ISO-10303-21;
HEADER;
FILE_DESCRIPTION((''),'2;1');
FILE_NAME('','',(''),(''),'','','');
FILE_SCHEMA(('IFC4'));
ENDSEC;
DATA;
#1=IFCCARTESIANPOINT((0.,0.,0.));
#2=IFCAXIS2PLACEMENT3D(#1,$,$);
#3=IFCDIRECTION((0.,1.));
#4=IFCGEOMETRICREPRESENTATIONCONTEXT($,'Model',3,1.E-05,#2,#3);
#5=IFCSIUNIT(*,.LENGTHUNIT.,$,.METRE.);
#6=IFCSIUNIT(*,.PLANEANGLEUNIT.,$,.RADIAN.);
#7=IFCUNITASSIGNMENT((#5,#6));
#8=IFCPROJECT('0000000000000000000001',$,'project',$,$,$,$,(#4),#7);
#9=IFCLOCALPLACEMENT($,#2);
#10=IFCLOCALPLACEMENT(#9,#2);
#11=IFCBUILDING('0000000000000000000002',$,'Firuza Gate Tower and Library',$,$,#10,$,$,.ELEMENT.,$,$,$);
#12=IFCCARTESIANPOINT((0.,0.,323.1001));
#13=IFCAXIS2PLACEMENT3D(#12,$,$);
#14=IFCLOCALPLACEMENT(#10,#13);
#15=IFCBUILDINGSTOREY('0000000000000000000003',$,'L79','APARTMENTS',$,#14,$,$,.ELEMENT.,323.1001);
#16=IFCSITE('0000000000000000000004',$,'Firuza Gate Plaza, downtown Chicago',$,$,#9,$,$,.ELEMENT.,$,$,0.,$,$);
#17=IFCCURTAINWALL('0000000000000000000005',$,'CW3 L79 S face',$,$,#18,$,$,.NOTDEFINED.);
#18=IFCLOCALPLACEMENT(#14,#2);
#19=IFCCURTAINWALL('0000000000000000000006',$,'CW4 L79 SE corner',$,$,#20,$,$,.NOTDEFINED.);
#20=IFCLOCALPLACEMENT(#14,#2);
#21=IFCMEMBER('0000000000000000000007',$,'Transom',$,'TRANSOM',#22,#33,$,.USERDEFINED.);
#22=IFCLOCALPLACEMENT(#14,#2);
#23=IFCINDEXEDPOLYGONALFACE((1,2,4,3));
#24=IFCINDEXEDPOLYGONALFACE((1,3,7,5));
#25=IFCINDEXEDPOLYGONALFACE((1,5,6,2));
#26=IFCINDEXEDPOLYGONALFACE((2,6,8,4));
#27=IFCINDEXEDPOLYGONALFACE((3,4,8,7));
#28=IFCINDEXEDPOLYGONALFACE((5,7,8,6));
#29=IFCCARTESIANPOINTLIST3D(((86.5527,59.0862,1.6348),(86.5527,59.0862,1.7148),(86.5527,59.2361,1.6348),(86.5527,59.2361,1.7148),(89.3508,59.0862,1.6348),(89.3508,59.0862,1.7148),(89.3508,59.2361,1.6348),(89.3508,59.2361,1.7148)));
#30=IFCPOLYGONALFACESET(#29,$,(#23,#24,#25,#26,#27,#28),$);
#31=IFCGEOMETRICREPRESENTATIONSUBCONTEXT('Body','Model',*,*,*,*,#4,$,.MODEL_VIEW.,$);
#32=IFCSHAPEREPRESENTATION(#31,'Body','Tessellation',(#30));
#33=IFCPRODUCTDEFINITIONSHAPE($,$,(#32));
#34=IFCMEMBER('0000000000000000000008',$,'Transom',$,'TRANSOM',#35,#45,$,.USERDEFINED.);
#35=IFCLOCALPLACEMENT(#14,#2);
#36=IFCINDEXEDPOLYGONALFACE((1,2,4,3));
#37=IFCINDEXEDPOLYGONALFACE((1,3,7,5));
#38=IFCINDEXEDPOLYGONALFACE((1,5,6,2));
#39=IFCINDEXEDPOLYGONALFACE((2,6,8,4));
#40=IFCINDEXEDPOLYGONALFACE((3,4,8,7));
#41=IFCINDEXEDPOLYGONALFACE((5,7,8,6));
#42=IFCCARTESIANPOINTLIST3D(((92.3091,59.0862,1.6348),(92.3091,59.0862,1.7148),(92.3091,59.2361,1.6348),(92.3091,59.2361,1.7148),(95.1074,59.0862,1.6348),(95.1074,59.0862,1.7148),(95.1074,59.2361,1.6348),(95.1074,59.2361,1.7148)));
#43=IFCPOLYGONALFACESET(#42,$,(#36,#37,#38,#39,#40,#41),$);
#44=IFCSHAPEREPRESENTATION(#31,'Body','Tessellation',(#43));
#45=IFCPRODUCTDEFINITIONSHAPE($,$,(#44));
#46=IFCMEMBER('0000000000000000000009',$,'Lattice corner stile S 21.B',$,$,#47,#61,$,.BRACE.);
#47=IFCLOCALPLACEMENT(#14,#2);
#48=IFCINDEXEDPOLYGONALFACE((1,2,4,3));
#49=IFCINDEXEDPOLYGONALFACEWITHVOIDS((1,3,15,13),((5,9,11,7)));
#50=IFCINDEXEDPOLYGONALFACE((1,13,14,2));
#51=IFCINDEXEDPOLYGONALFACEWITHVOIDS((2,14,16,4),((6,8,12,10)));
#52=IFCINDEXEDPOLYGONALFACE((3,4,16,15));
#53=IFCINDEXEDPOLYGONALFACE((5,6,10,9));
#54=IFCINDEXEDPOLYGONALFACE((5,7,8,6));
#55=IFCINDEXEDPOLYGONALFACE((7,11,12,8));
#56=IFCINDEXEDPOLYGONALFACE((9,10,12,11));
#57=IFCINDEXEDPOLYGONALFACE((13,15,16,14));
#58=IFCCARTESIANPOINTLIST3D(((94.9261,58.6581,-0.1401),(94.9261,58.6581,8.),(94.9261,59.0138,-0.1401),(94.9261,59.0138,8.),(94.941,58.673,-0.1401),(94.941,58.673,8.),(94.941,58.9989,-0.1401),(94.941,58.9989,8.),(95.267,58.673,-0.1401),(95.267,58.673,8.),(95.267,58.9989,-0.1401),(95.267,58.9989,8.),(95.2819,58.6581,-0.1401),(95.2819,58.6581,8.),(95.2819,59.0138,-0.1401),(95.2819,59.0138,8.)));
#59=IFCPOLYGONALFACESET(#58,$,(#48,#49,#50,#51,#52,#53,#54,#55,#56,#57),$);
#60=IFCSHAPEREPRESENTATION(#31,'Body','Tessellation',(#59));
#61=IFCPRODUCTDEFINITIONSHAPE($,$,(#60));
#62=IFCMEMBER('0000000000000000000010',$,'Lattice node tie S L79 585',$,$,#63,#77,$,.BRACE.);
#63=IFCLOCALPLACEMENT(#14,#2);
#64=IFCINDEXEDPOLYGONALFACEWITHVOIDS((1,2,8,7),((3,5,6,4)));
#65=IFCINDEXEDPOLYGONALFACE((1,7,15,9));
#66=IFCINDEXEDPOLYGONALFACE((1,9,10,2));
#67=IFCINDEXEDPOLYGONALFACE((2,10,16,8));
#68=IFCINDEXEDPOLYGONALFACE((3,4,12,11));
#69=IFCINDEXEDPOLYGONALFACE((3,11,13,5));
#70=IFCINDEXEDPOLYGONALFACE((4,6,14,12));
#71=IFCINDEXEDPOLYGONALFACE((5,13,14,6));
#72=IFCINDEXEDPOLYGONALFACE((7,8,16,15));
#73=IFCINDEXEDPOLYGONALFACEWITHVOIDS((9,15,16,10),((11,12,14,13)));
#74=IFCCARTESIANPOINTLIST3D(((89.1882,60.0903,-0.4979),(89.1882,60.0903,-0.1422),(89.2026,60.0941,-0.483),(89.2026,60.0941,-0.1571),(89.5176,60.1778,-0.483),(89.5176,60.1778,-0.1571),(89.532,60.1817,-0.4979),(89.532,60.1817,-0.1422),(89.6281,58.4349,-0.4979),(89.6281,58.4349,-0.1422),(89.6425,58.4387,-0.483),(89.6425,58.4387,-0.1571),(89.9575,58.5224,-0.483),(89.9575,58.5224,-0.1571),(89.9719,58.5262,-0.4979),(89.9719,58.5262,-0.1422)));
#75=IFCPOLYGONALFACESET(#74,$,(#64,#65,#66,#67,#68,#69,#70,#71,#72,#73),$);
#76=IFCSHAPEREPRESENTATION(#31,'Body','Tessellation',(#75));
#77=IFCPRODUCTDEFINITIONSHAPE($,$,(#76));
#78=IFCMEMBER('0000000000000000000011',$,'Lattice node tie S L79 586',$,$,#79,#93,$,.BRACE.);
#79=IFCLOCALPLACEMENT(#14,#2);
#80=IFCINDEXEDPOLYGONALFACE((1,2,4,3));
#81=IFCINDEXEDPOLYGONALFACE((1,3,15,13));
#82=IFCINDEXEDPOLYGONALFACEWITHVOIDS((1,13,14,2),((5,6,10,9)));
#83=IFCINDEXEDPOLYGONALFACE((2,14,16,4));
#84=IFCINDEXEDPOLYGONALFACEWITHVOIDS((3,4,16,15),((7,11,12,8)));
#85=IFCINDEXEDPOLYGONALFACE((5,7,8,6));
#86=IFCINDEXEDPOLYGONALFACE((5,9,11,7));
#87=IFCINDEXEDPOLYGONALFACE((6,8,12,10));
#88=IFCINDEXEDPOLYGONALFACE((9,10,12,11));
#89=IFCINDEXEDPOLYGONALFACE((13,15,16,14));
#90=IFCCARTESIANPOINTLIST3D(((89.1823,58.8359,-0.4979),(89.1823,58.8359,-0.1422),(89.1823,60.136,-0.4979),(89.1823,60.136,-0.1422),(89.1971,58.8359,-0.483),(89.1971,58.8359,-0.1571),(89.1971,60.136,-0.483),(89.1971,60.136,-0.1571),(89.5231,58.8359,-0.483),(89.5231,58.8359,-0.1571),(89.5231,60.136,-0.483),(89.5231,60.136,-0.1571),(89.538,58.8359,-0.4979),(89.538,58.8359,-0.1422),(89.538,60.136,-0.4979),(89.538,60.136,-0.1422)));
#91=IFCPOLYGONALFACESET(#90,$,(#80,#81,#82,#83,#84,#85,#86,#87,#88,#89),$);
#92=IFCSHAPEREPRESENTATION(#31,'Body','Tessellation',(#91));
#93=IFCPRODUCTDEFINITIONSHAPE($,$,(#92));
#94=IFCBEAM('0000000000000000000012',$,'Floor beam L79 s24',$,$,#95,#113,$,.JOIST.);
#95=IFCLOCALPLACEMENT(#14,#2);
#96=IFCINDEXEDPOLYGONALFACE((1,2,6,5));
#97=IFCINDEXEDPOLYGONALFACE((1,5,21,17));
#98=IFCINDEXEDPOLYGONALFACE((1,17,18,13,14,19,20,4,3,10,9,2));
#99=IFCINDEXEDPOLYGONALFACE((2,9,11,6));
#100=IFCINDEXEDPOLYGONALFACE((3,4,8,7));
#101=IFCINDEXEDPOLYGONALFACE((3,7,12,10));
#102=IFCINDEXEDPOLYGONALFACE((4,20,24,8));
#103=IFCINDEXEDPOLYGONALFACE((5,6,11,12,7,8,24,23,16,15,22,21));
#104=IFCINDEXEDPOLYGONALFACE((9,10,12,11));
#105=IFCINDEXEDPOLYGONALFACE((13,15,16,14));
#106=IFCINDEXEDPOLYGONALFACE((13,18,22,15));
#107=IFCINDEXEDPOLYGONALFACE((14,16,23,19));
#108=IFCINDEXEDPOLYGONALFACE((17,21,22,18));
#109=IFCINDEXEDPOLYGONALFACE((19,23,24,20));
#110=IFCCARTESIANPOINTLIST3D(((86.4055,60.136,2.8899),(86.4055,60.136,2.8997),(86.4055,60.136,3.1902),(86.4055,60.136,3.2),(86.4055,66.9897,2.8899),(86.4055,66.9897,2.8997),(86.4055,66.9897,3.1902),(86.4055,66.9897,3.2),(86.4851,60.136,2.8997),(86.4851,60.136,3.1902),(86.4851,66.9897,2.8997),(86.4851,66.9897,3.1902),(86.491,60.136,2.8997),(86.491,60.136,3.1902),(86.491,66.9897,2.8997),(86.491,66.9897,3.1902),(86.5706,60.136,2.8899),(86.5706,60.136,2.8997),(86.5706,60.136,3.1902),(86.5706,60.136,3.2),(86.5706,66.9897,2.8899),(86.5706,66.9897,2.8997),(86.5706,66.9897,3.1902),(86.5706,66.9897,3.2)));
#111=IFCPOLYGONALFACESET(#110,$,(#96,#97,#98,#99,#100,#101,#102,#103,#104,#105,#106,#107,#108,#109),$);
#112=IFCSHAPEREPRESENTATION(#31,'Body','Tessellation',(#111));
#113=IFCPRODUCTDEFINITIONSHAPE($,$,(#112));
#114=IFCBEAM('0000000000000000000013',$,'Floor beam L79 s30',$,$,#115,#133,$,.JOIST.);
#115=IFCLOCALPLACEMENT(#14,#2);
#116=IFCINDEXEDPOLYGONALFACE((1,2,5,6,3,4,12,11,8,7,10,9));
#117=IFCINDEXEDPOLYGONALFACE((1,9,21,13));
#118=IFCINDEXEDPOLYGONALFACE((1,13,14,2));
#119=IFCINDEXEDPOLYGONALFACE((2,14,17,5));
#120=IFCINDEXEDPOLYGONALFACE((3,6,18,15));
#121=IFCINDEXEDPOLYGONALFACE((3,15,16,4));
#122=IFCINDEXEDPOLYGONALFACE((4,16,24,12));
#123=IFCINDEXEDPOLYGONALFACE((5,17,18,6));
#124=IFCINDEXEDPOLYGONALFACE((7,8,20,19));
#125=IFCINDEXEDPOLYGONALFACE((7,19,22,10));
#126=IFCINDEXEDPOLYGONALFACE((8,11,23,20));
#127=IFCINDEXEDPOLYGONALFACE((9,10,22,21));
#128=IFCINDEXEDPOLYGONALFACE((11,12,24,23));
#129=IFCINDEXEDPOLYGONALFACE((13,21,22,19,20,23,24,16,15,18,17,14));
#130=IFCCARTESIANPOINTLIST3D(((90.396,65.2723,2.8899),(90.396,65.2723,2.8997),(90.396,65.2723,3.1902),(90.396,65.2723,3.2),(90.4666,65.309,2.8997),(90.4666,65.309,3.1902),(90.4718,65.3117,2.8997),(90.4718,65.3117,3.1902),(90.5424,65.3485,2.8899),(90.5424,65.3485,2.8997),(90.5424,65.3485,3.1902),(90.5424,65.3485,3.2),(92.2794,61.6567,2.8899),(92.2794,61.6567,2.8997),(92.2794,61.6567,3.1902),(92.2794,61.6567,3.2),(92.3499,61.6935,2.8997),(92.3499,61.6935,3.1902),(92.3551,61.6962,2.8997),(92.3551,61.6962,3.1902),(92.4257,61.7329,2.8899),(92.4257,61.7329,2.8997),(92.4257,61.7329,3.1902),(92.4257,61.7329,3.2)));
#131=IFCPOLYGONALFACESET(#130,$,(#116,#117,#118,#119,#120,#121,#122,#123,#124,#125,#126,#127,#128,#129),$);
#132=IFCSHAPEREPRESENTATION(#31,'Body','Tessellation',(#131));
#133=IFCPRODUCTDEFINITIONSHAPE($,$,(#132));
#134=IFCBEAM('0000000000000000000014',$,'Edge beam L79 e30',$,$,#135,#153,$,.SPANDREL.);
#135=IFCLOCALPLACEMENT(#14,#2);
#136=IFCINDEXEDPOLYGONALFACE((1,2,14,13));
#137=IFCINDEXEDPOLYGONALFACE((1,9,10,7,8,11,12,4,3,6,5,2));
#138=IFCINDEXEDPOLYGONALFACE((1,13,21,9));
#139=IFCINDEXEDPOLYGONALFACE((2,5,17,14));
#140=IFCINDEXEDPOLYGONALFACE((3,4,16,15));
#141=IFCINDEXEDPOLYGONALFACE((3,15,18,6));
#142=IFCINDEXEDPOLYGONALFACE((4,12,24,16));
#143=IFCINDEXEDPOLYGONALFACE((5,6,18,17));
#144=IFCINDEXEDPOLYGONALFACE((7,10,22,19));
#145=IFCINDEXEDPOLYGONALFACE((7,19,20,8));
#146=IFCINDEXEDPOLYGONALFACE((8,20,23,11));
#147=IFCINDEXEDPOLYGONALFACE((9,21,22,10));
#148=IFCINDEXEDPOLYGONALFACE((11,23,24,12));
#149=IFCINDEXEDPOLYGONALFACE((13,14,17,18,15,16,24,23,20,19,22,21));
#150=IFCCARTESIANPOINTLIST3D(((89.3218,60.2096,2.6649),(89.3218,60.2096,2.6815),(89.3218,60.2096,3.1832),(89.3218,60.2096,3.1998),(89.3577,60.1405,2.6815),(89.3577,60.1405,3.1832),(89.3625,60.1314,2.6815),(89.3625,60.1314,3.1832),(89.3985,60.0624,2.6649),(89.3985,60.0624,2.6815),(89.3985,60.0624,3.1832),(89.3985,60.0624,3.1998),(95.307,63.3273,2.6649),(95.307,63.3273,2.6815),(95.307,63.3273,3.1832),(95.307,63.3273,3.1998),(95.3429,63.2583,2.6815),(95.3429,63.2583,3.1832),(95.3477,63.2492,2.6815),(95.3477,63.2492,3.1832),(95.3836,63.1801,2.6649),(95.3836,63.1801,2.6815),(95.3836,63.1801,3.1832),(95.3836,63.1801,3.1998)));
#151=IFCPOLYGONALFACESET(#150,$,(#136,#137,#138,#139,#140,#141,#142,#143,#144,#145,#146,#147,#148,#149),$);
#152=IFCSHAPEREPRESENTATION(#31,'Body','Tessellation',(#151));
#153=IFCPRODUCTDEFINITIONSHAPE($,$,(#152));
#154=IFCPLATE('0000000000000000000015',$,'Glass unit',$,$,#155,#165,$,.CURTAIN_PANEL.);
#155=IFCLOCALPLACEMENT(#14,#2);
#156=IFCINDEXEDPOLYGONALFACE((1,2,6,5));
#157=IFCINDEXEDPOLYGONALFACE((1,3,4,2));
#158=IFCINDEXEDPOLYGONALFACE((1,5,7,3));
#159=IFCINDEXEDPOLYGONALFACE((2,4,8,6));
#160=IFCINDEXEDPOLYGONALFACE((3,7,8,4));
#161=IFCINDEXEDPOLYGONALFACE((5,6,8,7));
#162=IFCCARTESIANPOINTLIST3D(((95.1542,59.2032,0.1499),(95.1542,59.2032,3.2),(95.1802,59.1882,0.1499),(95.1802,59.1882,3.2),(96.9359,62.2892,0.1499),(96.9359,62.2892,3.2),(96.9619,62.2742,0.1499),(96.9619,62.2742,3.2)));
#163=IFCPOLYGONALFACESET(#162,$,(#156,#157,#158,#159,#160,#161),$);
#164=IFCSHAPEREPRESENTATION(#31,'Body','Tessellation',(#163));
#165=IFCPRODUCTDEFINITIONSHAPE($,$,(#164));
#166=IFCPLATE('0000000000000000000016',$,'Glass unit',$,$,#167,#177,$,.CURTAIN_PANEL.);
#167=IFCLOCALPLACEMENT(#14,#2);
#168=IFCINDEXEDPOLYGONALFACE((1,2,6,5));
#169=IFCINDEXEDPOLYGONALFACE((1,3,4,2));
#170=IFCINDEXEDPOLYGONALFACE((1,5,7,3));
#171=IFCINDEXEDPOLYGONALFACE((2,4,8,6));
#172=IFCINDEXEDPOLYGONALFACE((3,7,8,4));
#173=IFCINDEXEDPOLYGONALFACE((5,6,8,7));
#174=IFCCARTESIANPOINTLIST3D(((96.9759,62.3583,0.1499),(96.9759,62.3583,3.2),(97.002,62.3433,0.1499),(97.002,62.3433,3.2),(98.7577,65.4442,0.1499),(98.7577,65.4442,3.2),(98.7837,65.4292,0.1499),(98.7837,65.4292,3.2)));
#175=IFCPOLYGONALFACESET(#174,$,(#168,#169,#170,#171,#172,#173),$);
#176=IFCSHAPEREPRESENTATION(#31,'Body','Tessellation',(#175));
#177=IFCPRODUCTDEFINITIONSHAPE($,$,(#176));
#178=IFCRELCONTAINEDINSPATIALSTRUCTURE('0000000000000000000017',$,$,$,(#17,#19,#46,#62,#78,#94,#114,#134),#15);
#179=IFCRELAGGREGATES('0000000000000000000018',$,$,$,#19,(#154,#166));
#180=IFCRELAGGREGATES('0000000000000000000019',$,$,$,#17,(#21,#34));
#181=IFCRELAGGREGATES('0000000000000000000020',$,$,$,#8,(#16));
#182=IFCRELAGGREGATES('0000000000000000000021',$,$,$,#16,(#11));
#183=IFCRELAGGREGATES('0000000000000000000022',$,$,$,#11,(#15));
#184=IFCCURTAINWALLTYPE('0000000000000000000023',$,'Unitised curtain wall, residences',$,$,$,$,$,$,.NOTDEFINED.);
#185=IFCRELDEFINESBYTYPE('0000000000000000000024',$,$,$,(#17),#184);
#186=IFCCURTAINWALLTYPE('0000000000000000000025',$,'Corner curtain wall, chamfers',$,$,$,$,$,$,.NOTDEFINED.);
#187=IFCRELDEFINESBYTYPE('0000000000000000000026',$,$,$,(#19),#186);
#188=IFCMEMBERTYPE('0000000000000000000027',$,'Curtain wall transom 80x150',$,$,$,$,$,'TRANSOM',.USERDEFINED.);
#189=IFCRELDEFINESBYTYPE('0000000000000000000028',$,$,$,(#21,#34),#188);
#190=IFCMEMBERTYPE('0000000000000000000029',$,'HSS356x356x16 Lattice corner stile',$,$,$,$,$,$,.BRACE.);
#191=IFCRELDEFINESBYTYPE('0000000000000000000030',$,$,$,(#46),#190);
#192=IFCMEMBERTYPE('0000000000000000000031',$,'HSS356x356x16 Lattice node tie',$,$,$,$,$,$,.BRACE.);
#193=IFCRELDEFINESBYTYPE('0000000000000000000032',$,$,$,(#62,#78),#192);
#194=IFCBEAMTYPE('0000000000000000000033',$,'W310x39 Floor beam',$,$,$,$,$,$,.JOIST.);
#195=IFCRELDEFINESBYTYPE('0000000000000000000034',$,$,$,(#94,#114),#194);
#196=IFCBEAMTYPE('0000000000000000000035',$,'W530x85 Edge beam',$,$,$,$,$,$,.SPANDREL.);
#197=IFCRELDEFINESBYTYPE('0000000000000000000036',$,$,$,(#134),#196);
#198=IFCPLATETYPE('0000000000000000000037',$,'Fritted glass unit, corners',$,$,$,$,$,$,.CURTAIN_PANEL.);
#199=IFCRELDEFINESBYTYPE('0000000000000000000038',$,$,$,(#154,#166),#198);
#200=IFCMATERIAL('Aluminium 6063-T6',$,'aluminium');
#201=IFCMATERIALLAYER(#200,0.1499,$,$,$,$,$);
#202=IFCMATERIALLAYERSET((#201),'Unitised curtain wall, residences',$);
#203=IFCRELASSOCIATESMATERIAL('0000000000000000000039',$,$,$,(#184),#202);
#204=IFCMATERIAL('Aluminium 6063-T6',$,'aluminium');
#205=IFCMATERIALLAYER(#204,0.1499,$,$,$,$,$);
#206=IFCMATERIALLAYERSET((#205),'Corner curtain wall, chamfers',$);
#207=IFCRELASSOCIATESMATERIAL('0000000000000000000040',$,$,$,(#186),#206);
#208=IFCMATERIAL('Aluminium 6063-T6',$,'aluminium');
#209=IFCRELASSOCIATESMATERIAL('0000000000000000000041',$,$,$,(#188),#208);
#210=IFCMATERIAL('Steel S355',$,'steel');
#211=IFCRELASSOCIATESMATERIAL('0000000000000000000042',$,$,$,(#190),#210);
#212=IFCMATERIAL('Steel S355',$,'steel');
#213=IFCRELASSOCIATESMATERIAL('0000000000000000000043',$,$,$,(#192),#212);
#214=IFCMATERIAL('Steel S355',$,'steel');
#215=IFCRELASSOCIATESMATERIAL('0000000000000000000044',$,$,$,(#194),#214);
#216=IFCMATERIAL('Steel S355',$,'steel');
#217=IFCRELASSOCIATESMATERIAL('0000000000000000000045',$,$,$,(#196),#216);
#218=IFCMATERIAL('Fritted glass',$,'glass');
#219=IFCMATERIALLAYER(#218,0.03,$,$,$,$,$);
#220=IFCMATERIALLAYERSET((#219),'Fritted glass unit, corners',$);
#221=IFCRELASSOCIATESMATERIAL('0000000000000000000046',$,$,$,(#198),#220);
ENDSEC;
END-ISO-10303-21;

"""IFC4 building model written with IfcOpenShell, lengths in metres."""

from ifc_helpers import new_model, si_unit, direction, frame, origin, origin_2d, place, context, subcontext, project, spatial, polyline, rectangle, hollow_rectangle, i_section, outline, extrude, material, layer, layer_set, material_profile, profile_set, type_object, element, aggregate, save


model = new_model("IFC4")

# Units and contexts
model_context = context("Model", 3, precision=1e-05, world=origin(), true_north=direction((0.0, 1.0)))
body_context = subcontext(model_context, "Body", "Model", "MODEL_VIEW")
ifc_project = project(units=[si_unit("LENGTHUNIT", "METRE"), si_unit("PLANEANGLEUNIT", "RADIAN")], contexts=[model_context])

# Site, building, storey
site_placement = place(None, origin())
site = spatial("IfcSite", under=ifc_project, at=site_placement, Name="Firuza Gate Plaza, downtown Chicago", CompositionType="ELEMENT", RefElevation=0.0)
building_placement = place(site_placement, origin())
building = spatial("IfcBuilding", under=site, at=building_placement, Name="Firuza Gate Tower and Library", CompositionType="ELEMENT")
storey_placement = place(building_placement, frame((0.0, 0.0, 323.1001)))
storey = spatial("IfcBuildingStorey", under=building, at=storey_placement, Name="L79", Description="APARTMENTS", CompositionType="ELEMENT", Elevation=323.1001)

# Curtain walls
ifc_material_1 = material(Name="Aluminium 6063-T6", Category="aluminium")
ifc_layer_1 = layer(ifc_material_1, 0.1499)
ifc_layer_set_1 = layer_set([ifc_layer_1], Name="Unitised curtain wall, residences")
curtain_wall_type_1 = type_object("IfcCurtainWallType", Name="Unitised curtain wall, residences", PredefinedType="NOTDEFINED", material=ifc_layer_set_1)
placement = place(storey_placement, origin())
curtain_wall_1 = element("IfcCurtainWall", 1, at=placement, inside=storey, type_object=curtain_wall_type_1, Name="CW3 L79 S face", PredefinedType="NOTDEFINED")
ifc_material_2 = material(Name="Aluminium 6063-T6", Category="aluminium")
ifc_layer_2 = layer(ifc_material_2, 0.1499)
ifc_layer_set_2 = layer_set([ifc_layer_2], Name="Corner curtain wall, chamfers")
curtain_wall_type_2 = type_object("IfcCurtainWallType", Name="Corner curtain wall, chamfers", PredefinedType="NOTDEFINED", material=ifc_layer_set_2)
curtain_wall_2 = element("IfcCurtainWall", 2, at=placement, inside=storey, type_object=curtain_wall_type_2, Name="CW4 L79 SE corner", PredefinedType="NOTDEFINED")

# Members
ifc_material_3 = material(Name="Aluminium 6063-T6", Category="aluminium")
ifc_material_profile_1 = material_profile(ifc_material_3, rectangle(XDim=0.1499, YDim=0.0801, at=origin_2d()))
ifc_profile_set_1 = profile_set([ifc_material_profile_1], Name="Aluminium 6063-T6")
member_type_1 = type_object("IfcMemberType", Name="Curtain wall transom 80x150", ElementType="TRANSOM", PredefinedType="USERDEFINED", material=ifc_profile_set_1)
member_1_placement = place(storey_placement, frame((86.5527, 59.1611, 1.6748), z_axis=(1.0, 0.0, 0.0), x_axis=(0.0, 1.0, 0.0)))
member_1 = element("IfcMember", 3, at=member_1_placement, type_object=member_type_1, Name="Transom", ObjectType="TRANSOM", PredefinedType="USERDEFINED", context=body_context, shape_type="SweptSolid", body=[
    extrude(rectangle(XDim=0.1499, YDim=0.0801, at=origin_2d()), origin(), (0.0, 0.0, 1.0), 2.7981),
])
member_2_placement = place(storey_placement, frame((92.3091, 59.1611, 1.6748), z_axis=(1.0, 0.0, 0.0), x_axis=(0.0, 1.0, 0.0)))
member_2 = element("IfcMember", 4, at=member_2_placement, type_object=member_type_1, Name="Transom", ObjectType="TRANSOM", PredefinedType="USERDEFINED", context=body_context, shape_type="SweptSolid", body=[
    extrude(rectangle(XDim=0.1499, YDim=0.0801, at=origin_2d()), origin(), (0.0, 0.0, 1.0), 2.7983),
])

# Members
ifc_material_4 = material(Name="Steel S355", Category="steel")
ifc_material_profile_2 = material_profile(ifc_material_4, hollow_rectangle(XDim=0.3557, YDim=0.3557, WallThickness=0.0149, at=origin_2d()))
ifc_profile_set_2 = profile_set([ifc_material_profile_2], Name="Steel S355")
member_type_2 = type_object("IfcMemberType", Name="HSS356x356x16 Lattice corner stile", PredefinedType="BRACE", material=ifc_profile_set_2)
member_3_placement = place(storey_placement, frame((95.104, 58.8359, -0.1401), z_axis=(0.0, 0.0, 1.0), x_axis=(1.0, 0.0, 0.0)))
element("IfcMember", 5, at=member_3_placement, inside=storey, type_object=member_type_2, Name="Lattice corner stile S 21.B", PredefinedType="BRACE", context=body_context, shape_type="SweptSolid", body=[
    extrude(hollow_rectangle(XDim=0.3557, YDim=0.3557, WallThickness=0.0149, at=origin_2d()), origin(), (0.0, 0.0, 1.0), 8.1401),
])
ifc_material_5 = material(Name="Steel S355", Category="steel")
ifc_material_profile_3 = material_profile(ifc_material_5, hollow_rectangle(XDim=0.3557, YDim=0.3557, WallThickness=0.0149, at=origin_2d()))
ifc_profile_set_3 = profile_set([ifc_material_profile_3], Name="Steel S355")
member_type_3 = type_object("IfcMemberType", Name="HSS356x356x16 Lattice node tie", PredefinedType="BRACE", material=ifc_profile_set_3)
member_4_placement = place(storey_placement, frame((89.3601, 60.136, -0.3201), z_axis=(0.256829, -0.966457, 0.0), x_axis=(0.966457, 0.256829, 0.0)))
element("IfcMember", 6, at=member_4_placement, inside=storey, type_object=member_type_3, Name="Lattice node tie S L79 585", PredefinedType="BRACE", context=body_context, shape_type="SweptSolid", body=[
    extrude(hollow_rectangle(XDim=0.3557, YDim=0.3557, WallThickness=0.0149, at=origin_2d()), origin(), (0.0, 0.0, 1.0), 1.7129),
])
member_5_placement = place(storey_placement, frame((89.3601, 60.136, -0.3201), z_axis=(0.0, -1.0, 0.0), x_axis=(1.0, 0.0, 0.0)))
element("IfcMember", 7, at=member_5_placement, inside=storey, type_object=member_type_3, Name="Lattice node tie S L79 586", PredefinedType="BRACE", context=body_context, shape_type="SweptSolid", body=[
    extrude(hollow_rectangle(XDim=0.3557, YDim=0.3557, WallThickness=0.0149, at=origin_2d()), origin(), (0.0, 0.0, 1.0), 1.3),
])

# Beams
ifc_material_6 = material(Name="Steel S355", Category="steel")
ifc_material_profile_4 = material_profile(ifc_material_6, i_section(OverallWidth=0.165, OverallDepth=0.3101, WebThickness=0.0059, FlangeThickness=0.0098, at=origin_2d()))
ifc_profile_set_4 = profile_set([ifc_material_profile_4], Name="Steel S355")
beam_type_1 = type_object("IfcBeamType", Name="W310x39 Floor beam", PredefinedType="JOIST", material=ifc_profile_set_4)
beam_1_placement = place(storey_placement, frame((86.488, 60.136, 3.0449), z_axis=(0.0, 1.0, 0.0), x_axis=(-1.0, 0.0, 0.0)))
element("IfcBeam", 8, at=beam_1_placement, inside=storey, type_object=beam_type_1, Name="Floor beam L79 s24", PredefinedType="JOIST", context=body_context, shape_type="SweptSolid", body=[
    extrude(i_section(OverallWidth=0.165, OverallDepth=0.3101, WebThickness=0.0059, FlangeThickness=0.0098, at=origin_2d()), origin(), (0.0, 0.0, 1.0), 6.8538),
])
beam_2_placement = place(storey_placement, frame((92.3525, 61.6948, 3.0449), z_axis=(-0.461981, 0.88689, 0.0), x_axis=(-0.88689, -0.461981, 0.0)))
element("IfcBeam", 9, at=beam_2_placement, inside=storey, type_object=beam_type_1, Name="Floor beam L79 s30", PredefinedType="JOIST", context=body_context, shape_type="SweptSolid", body=[
    extrude(i_section(OverallWidth=0.165, OverallDepth=0.3101, WebThickness=0.0059, FlangeThickness=0.0098, at=origin_2d()), origin(), (0.0, 0.0, 1.0), 4.0767),
])
ifc_material_7 = material(Name="Steel S355", Category="steel")
ifc_material_profile_5 = material_profile(ifc_material_7, i_section(OverallWidth=0.166, OverallDepth=0.5349, WebThickness=0.0103, FlangeThickness=0.0166, at=origin_2d()))
ifc_profile_set_5 = profile_set([ifc_material_profile_5], Name="Steel S355")
beam_type_2 = type_object("IfcBeamType", Name="W530x85 Edge beam", PredefinedType="SPANDREL", material=ifc_profile_set_5)
beam_3_placement = place(storey_placement, frame((89.3601, 60.136, 2.9324), z_axis=(0.886888, 0.461985, 0.0), x_axis=(-0.461985, 0.886888, 0.0)))
element("IfcBeam", 10, at=beam_3_placement, inside=storey, type_object=beam_type_2, Name="Edge beam L79 e30", PredefinedType="SPANDREL", context=body_context, shape_type="SweptSolid", body=[
    extrude(i_section(OverallWidth=0.166, OverallDepth=0.5349, WebThickness=0.0103, FlangeThickness=0.0166, at=origin_2d()), origin(), (0.0, 0.0, 1.0), 6.7485),
])

# Plates
ifc_material_8 = material(Name="Fritted glass", Category="glass")
ifc_layer_3 = layer(ifc_material_8, 0.03)
ifc_layer_set_3 = layer_set([ifc_layer_3], Name="Fritted glass unit, corners")
plate_type_1 = type_object("IfcPlateType", Name="Fritted glass unit, corners", PredefinedType="CURTAIN_PANEL", material=ifc_layer_set_3)
plate_1_placement = place(storey_placement, frame((95.1802, 59.1882, 0.1499), z_axis=(0.866017, -0.500015, 0.0), x_axis=(0.500015, 0.866017, 0.0)))
plate_1 = element("IfcPlate", 11, at=plate_1_placement, type_object=plate_type_1, Name="Glass unit", PredefinedType="CURTAIN_PANEL", context=body_context, shape_type="SweptSolid", body=[
    extrude(outline(polyline([(0.0, 0.0), (3.5634, 0.0), (3.5634, 3.05), (0.0, 3.05), (0.0, 0.0)])), origin(), (0.0, 0.0, -1.0), 0.03),
])
plate_2_placement = place(storey_placement, frame((97.002, 62.3433, 0.1499), z_axis=(0.866017, -0.500015, 0.0), x_axis=(0.500015, 0.866017, 0.0)))
plate_2 = element("IfcPlate", 12, at=plate_2_placement, type_object=plate_type_1, Name="Glass unit", PredefinedType="CURTAIN_PANEL", context=body_context, shape_type="SweptSolid", body=[
    extrude(outline(polyline([(0.0, 0.0), (3.5634, 0.0), (3.5634, 3.05), (0.0, 3.05), (0.0, 0.0)])), origin(), (0.0, 0.0, -1.0), 0.03),
])
aggregate(curtain_wall_2, [plate_1, plate_2])
aggregate(curtain_wall_1, [member_1, member_2])

save(model, "model.ifc")
